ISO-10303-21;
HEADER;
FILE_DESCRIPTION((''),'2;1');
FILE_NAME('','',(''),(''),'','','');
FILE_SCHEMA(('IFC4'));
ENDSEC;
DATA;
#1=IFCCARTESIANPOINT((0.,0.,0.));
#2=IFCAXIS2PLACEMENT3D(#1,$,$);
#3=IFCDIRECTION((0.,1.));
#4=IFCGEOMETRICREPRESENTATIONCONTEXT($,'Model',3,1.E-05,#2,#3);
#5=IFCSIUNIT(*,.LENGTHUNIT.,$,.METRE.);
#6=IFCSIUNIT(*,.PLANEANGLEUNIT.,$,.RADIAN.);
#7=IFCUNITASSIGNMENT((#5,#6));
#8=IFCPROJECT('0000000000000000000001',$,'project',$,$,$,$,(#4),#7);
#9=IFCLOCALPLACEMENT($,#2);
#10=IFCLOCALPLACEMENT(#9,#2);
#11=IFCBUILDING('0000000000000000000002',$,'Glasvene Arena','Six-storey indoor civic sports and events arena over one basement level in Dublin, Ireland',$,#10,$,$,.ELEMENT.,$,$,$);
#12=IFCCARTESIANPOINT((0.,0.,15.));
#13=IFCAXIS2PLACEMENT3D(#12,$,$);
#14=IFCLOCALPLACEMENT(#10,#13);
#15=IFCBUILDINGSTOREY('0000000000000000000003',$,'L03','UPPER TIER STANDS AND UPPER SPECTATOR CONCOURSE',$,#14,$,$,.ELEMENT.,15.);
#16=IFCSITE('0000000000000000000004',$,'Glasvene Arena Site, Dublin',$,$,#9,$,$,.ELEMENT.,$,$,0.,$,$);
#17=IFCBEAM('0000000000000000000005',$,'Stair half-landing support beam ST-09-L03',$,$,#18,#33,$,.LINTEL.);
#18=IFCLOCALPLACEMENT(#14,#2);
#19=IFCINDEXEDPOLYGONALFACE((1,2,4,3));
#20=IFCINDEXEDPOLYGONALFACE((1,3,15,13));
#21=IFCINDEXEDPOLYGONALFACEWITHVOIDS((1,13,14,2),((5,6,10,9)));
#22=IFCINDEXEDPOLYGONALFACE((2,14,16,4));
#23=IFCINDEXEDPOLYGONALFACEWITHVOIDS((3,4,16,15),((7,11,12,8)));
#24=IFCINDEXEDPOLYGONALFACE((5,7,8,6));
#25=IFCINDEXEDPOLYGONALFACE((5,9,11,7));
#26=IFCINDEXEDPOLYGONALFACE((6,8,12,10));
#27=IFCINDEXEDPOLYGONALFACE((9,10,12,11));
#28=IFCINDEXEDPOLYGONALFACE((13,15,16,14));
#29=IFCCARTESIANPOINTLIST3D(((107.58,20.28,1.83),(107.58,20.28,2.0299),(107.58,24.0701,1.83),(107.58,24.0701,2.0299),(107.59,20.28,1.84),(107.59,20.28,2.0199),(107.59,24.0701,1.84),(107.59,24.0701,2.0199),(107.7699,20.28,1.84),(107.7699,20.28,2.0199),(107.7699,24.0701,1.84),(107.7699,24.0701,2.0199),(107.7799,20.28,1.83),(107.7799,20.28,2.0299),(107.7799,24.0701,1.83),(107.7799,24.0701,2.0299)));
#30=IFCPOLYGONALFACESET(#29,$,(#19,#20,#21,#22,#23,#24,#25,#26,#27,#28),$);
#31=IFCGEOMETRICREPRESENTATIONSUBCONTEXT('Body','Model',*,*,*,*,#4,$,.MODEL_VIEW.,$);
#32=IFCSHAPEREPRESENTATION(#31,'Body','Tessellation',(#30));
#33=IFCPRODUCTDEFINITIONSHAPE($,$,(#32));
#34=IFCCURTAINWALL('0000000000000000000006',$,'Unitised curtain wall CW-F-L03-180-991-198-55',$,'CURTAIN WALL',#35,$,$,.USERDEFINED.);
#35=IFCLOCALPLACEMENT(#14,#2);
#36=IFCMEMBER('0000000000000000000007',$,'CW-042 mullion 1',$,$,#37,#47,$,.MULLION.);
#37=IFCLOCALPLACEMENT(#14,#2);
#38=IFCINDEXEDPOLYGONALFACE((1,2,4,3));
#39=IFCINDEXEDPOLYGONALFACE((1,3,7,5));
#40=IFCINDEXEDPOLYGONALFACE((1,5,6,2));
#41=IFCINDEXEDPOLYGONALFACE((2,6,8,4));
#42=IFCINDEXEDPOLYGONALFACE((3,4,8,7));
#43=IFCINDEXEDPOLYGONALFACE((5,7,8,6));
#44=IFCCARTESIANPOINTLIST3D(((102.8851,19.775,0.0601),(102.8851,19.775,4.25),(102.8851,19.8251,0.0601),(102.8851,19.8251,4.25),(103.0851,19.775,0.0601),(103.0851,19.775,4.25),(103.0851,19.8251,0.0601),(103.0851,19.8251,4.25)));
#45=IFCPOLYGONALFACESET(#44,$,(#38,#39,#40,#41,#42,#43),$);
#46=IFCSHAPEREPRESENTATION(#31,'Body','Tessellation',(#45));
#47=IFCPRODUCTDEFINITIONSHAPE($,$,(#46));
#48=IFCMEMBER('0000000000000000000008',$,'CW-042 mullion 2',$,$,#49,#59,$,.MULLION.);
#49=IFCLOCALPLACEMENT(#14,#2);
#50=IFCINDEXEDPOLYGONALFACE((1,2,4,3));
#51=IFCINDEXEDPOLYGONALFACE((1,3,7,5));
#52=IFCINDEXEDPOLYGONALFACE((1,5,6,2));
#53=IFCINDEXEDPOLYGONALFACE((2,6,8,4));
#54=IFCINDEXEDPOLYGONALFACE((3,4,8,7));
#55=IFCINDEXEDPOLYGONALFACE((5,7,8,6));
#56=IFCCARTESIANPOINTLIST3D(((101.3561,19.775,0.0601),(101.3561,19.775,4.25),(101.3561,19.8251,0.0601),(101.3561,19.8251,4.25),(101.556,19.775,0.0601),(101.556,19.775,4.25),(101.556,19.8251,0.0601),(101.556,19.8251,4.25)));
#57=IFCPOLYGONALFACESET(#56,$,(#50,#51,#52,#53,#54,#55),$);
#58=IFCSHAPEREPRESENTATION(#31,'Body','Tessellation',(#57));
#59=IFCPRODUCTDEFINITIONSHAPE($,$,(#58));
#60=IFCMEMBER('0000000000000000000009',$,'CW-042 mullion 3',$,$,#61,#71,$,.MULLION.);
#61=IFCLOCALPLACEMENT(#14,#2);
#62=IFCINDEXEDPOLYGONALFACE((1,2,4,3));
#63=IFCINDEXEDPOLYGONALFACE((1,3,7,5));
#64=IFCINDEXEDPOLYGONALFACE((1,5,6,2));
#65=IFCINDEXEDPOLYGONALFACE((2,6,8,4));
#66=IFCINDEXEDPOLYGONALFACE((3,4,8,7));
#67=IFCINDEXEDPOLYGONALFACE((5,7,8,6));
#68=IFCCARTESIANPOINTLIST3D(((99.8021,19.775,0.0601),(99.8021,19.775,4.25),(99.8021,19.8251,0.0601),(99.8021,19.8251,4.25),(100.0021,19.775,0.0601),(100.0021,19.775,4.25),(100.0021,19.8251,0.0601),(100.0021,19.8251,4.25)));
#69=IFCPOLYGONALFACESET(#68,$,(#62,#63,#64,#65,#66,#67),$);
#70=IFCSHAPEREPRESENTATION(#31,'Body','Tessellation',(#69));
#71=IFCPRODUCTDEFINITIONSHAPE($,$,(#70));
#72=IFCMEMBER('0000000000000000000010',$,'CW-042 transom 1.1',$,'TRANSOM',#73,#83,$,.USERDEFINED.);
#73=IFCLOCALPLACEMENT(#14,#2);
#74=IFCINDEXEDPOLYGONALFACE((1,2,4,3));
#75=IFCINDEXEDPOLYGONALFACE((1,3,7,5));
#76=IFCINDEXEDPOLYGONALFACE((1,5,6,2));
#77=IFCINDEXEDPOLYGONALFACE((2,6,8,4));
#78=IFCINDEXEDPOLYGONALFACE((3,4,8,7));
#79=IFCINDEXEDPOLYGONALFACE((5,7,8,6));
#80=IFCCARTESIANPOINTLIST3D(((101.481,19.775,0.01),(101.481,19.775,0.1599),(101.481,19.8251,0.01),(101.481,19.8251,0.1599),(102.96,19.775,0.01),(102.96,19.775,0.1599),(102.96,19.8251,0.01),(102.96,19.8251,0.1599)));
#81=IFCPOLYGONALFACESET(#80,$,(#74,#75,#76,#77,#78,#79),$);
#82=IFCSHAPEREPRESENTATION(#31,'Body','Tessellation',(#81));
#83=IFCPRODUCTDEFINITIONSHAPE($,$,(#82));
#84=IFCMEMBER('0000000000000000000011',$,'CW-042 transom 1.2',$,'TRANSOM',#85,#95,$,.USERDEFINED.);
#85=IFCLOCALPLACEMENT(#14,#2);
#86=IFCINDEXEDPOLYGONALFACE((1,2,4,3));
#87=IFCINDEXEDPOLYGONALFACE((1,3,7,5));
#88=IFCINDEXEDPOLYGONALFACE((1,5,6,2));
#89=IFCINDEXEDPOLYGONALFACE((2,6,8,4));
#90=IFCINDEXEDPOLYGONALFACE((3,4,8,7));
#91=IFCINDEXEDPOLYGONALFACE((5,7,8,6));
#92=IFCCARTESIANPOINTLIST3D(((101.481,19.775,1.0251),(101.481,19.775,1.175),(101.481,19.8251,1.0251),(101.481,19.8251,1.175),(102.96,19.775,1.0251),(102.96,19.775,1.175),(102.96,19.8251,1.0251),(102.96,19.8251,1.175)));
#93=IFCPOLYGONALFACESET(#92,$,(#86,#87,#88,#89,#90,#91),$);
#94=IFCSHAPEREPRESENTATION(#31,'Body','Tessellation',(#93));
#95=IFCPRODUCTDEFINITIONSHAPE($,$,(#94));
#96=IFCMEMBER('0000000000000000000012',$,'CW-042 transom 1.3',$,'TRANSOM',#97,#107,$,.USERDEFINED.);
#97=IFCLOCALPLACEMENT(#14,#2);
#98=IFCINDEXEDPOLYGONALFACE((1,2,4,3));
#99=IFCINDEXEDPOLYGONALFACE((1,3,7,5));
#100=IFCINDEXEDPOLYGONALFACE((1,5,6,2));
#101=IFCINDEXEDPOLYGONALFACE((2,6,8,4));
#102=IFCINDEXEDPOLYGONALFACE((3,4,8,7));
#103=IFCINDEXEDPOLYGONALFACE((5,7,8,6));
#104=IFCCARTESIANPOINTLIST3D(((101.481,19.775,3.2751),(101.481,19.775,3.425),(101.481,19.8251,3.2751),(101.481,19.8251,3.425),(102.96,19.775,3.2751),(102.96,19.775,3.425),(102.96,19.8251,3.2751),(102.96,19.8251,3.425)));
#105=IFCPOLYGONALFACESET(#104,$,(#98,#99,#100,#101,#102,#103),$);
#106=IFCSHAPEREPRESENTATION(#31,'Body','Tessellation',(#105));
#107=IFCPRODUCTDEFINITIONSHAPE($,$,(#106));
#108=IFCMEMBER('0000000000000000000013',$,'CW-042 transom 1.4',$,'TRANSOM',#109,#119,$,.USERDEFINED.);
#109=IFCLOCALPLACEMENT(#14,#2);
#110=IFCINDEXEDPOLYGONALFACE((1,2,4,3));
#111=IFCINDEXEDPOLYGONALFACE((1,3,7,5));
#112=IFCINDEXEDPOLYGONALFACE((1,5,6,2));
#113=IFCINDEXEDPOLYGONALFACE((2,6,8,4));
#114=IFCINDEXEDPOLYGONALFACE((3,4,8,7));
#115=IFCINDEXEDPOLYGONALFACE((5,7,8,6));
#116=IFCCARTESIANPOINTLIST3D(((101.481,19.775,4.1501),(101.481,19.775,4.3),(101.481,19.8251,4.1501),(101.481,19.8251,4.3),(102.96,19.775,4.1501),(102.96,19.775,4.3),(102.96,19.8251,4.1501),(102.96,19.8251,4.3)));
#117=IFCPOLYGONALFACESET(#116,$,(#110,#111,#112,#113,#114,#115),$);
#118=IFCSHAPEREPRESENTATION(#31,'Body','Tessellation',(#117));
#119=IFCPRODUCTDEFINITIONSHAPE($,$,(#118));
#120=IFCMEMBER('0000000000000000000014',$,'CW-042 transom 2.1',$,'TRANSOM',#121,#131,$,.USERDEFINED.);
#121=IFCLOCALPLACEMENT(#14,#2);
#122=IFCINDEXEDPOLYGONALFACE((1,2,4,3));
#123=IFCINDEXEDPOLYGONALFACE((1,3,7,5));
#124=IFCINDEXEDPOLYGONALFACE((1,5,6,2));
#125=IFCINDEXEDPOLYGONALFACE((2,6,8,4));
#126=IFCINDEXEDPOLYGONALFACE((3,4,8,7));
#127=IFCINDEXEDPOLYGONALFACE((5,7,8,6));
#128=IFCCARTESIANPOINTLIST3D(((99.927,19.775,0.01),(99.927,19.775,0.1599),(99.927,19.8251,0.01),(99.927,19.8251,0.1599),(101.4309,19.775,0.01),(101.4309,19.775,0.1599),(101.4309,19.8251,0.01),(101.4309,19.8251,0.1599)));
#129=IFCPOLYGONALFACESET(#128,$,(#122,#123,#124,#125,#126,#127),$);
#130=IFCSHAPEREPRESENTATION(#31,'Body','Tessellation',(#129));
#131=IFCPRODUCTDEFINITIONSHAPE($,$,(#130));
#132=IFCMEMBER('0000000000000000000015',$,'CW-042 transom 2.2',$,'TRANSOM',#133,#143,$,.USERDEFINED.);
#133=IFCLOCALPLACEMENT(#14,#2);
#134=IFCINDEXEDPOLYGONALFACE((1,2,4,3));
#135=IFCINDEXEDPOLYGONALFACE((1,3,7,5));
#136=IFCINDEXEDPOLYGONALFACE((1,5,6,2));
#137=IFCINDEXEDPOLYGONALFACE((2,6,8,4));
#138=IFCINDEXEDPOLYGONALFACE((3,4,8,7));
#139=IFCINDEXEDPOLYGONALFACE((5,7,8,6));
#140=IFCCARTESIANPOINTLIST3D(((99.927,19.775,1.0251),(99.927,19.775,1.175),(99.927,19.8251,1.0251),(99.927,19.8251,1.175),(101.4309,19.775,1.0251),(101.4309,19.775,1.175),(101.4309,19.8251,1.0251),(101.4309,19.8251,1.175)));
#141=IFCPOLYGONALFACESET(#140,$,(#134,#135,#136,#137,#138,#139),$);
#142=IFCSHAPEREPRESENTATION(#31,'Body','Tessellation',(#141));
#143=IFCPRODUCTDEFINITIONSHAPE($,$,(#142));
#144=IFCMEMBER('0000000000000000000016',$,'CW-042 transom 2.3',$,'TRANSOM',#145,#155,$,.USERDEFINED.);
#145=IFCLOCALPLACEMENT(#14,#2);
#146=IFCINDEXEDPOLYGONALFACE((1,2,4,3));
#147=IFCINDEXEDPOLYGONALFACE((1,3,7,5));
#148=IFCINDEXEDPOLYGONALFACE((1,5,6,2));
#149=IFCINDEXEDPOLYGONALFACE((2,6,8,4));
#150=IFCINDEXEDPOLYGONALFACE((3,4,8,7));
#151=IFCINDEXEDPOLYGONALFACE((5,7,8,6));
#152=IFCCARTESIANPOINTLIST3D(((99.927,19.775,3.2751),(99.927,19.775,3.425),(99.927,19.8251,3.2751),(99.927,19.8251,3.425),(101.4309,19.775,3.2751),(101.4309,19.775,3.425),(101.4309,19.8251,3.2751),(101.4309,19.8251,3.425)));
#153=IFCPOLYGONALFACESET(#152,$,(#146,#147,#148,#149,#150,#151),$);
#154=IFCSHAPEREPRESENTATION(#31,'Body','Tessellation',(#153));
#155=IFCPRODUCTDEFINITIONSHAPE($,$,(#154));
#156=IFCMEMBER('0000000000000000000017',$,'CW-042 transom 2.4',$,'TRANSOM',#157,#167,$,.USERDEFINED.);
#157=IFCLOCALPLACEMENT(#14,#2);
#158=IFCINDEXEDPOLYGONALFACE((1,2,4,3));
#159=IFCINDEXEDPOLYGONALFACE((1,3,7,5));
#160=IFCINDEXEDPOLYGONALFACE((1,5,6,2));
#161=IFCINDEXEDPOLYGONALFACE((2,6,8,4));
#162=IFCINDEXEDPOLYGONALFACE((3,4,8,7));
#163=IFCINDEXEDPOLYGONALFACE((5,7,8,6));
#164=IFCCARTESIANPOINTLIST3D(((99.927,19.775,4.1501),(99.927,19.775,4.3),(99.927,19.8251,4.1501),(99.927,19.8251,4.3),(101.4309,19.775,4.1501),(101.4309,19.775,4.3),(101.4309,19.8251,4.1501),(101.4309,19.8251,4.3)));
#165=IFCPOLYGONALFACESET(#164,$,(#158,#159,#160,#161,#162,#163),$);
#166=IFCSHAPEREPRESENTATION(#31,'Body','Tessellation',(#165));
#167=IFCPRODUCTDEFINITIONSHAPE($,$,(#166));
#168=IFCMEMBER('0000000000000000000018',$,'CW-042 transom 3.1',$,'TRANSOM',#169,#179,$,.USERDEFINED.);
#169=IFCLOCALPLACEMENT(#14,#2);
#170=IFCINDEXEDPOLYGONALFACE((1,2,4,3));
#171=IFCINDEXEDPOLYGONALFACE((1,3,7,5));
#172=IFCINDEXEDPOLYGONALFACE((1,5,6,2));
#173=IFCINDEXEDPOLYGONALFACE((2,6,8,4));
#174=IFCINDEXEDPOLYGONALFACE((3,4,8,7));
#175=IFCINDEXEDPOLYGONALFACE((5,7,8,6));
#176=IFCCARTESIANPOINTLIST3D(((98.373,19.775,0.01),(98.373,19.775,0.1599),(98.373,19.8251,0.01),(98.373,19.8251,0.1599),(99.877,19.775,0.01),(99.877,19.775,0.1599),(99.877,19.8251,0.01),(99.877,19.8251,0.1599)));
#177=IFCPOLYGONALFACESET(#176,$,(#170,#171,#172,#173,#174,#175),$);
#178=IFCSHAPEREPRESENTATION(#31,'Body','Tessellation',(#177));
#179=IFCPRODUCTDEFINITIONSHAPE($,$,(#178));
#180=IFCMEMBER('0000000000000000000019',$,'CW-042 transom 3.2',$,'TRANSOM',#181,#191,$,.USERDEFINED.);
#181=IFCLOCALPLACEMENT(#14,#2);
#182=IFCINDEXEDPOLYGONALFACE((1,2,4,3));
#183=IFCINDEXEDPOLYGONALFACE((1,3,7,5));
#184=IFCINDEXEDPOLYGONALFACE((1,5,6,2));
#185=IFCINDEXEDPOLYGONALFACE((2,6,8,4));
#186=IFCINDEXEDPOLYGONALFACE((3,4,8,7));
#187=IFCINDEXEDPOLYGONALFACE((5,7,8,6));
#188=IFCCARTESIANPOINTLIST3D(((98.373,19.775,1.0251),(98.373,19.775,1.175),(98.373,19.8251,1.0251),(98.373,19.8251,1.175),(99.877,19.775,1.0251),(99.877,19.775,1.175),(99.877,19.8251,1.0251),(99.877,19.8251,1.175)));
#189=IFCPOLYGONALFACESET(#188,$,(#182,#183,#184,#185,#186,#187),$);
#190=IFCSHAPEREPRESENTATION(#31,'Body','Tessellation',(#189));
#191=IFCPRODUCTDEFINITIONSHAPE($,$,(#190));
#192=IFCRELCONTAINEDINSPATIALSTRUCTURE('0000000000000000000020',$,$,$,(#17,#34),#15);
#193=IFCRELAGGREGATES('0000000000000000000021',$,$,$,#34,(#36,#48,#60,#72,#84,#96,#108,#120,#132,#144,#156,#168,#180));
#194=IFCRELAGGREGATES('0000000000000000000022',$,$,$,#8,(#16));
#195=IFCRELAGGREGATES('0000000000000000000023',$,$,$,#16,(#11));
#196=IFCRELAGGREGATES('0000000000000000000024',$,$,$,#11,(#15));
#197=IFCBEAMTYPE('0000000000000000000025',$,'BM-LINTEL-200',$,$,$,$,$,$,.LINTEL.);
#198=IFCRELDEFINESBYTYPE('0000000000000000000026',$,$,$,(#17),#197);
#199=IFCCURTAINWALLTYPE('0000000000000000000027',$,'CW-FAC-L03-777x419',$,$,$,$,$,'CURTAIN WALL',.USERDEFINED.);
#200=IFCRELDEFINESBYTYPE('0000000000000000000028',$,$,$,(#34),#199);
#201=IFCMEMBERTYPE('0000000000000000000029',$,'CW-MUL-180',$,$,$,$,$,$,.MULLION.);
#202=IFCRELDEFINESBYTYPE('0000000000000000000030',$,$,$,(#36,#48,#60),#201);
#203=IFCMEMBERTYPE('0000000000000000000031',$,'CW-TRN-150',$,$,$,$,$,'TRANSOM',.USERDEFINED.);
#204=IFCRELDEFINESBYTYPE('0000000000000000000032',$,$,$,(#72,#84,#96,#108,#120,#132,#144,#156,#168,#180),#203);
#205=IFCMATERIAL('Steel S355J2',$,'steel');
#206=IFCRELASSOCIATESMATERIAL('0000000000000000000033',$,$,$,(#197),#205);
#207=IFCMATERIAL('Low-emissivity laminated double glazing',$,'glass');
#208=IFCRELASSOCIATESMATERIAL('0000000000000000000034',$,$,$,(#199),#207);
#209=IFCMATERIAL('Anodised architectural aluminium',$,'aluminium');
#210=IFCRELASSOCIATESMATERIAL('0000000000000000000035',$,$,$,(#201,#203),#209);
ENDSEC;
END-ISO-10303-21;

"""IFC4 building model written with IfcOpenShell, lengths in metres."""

from ifc_helpers import new_model, si_unit, direction, frame, origin, origin_2d, place, context, subcontext, project, spatial, rectangle, hollow_rectangle, extrude, material, material_profile, profile_set, type_object, element, aggregate, save


model = new_model("IFC4")

# Units and contexts
model_context = context("Model", 3, precision=1e-05, world=origin(), true_north=direction((0.0, 1.0)))
body_context = subcontext(model_context, "Body", "Model", "MODEL_VIEW")
ifc_project = project(units=[si_unit("LENGTHUNIT", "METRE"), si_unit("PLANEANGLEUNIT", "RADIAN")], contexts=[model_context])

# Site, building, storey
site_placement = place(None, origin())
site = spatial("IfcSite", under=ifc_project, at=site_placement, Name="Glasvene Arena Site, Dublin", CompositionType="ELEMENT", RefElevation=0.0)
building_placement = place(site_placement, origin())
building = spatial("IfcBuilding", under=site, at=building_placement, Name="Glasvene Arena", Description="Six-storey indoor civic sports and events arena over one basement level in Dublin, Ireland", CompositionType="ELEMENT")
storey_placement = place(building_placement, frame((0.0, 0.0, 15.0)))
storey = spatial("IfcBuildingStorey", under=building, at=storey_placement, Name="L03", Description="UPPER TIER STANDS AND UPPER SPECTATOR CONCOURSE", CompositionType="ELEMENT", Elevation=15.0)

# Shared definitions
ifc_material_1 = material(Name="Steel S355J2", Category="steel")

# Beam
ifc_material_profile_1 = material_profile(ifc_material_1, hollow_rectangle(XDim=0.2, YDim=0.2, WallThickness=0.01, at=origin_2d()), Name="SHS 200x200x10.0")
ifc_profile_set_1 = profile_set([ifc_material_profile_1], Name="Steel S355J2")
beam_type_1 = type_object("IfcBeamType", Name="BM-LINTEL-200", PredefinedType="LINTEL", material=ifc_profile_set_1)
beam_1_placement = place(storey_placement, frame((107.6799, 20.28, 1.9299), z_axis=(0.0, 1.0, 0.0), x_axis=(-1.0, 0.0, 0.0)))
element("IfcBeam", 1, at=beam_1_placement, inside=storey, type_object=beam_type_1, Name="Stair half-landing support beam ST-09-L03", PredefinedType="LINTEL", context=body_context, shape_type="SweptSolid", body=[
    extrude(hollow_rectangle(XDim=0.2, YDim=0.2, WallThickness=0.01, at=origin_2d()), origin(), (0.0, 0.0, 1.0), 3.79),
])

# Curtain wall, members
ifc_material_2 = material(Name="Low-emissivity laminated double glazing", Category="glass")
curtain_wall_type = type_object("IfcCurtainWallType", Name="CW-FAC-L03-777x419", ElementType="CURTAIN WALL", PredefinedType="USERDEFINED", material=ifc_material_2)
curtain_wall_placement = place(storey_placement, frame((103.01, 19.8, 0.0)))
curtain_wall = element("IfcCurtainWall", 2, at=curtain_wall_placement, inside=storey, type_object=curtain_wall_type, Name="Unitised curtain wall CW-F-L03-180-991-198-55", ObjectType="CURTAIN WALL", PredefinedType="USERDEFINED")
ifc_material_3 = material(Name="Anodised architectural aluminium", Category="aluminium")
ifc_material_profile_2 = material_profile(ifc_material_3, rectangle(XDim=0.05, YDim=0.2, at=origin_2d()), Name="ALU MULLION 50x200")
ifc_profile_set_2 = profile_set([ifc_material_profile_2], Name="Anodised architectural aluminium")
member_type_1 = type_object("IfcMemberType", Name="CW-MUL-180", PredefinedType="MULLION", material=ifc_profile_set_2)
member_1_placement = place(storey_placement, frame((102.9851, 19.8, 0.0601), z_axis=(0.0, 0.0, 1.0), x_axis=(0.0, -1.0, 0.0)))
member_1 = element("IfcMember", 3, at=member_1_placement, type_object=member_type_1, Name="CW-042 mullion 1", PredefinedType="MULLION", context=body_context, shape_type="SweptSolid", body=[
    extrude(rectangle(XDim=0.05, YDim=0.2, at=origin_2d()), origin(), (0.0, 0.0, 1.0), 4.1899),
])
member_2_placement = place(storey_placement, frame((101.4561, 19.8, 0.0601), z_axis=(0.0, 0.0, 1.0), x_axis=(0.0, -1.0, 0.0)))
member_2 = element("IfcMember", 4, at=member_2_placement, type_object=member_type_1, Name="CW-042 mullion 2", PredefinedType="MULLION", context=body_context, shape_type="SweptSolid", body=[
    extrude(rectangle(XDim=0.05, YDim=0.2, at=origin_2d()), origin(), (0.0, 0.0, 1.0), 4.1899),
])
member_3_placement = place(storey_placement, frame((99.9021, 19.8, 0.0601), z_axis=(0.0, 0.0, 1.0), x_axis=(0.0, -1.0, 0.0)))
member_3 = element("IfcMember", 5, at=member_3_placement, type_object=member_type_1, Name="CW-042 mullion 3", PredefinedType="MULLION", context=body_context, shape_type="SweptSolid", body=[
    extrude(rectangle(XDim=0.05, YDim=0.2, at=origin_2d()), origin(), (0.0, 0.0, 1.0), 4.1899),
])
ifc_material_profile_3 = material_profile(ifc_material_3, rectangle(XDim=0.05, YDim=0.1499, at=origin_2d()), Name="ALU TRANSOM 50x150")
ifc_profile_set_3 = profile_set([ifc_material_profile_3], Name="Anodised architectural aluminium")
member_type_2 = type_object("IfcMemberType", Name="CW-TRN-150", ElementType="TRANSOM", PredefinedType="USERDEFINED", material=ifc_profile_set_3)
member_4_placement = place(storey_placement, frame((102.96, 19.8, 0.085), z_axis=(-1.0, 0.0, 0.0), x_axis=(0.0, -1.0, 0.0)))
member_4 = element("IfcMember", 6, at=member_4_placement, type_object=member_type_2, Name="CW-042 transom 1.1", ObjectType="TRANSOM", PredefinedType="USERDEFINED", context=body_context, shape_type="SweptSolid", body=[
    extrude(rectangle(XDim=0.05, YDim=0.1499, at=origin_2d()), origin(), (0.0, 0.0, 1.0), 1.479),
])
member_5_placement = place(storey_placement, frame((102.96, 19.8, 1.1001), z_axis=(-1.0, 0.0, 0.0), x_axis=(0.0, -1.0, 0.0)))
member_5 = element("IfcMember", 7, at=member_5_placement, type_object=member_type_2, Name="CW-042 transom 1.2", ObjectType="TRANSOM", PredefinedType="USERDEFINED", context=body_context, shape_type="SweptSolid", body=[
    extrude(rectangle(XDim=0.05, YDim=0.1499, at=origin_2d()), origin(), (0.0, 0.0, 1.0), 1.479),
])
member_6_placement = place(storey_placement, frame((102.96, 19.8, 3.3501), z_axis=(-1.0, 0.0, 0.0), x_axis=(0.0, -1.0, 0.0)))
member_6 = element("IfcMember", 8, at=member_6_placement, type_object=member_type_2, Name="CW-042 transom 1.3", ObjectType="TRANSOM", PredefinedType="USERDEFINED", context=body_context, shape_type="SweptSolid", body=[
    extrude(rectangle(XDim=0.05, YDim=0.1499, at=origin_2d()), origin(), (0.0, 0.0, 1.0), 1.479),
])
member_7_placement = place(storey_placement, frame((102.96, 19.8, 4.2251), z_axis=(-1.0, 0.0, 0.0), x_axis=(0.0, -1.0, 0.0)))
member_7 = element("IfcMember", 9, at=member_7_placement, type_object=member_type_2, Name="CW-042 transom 1.4", ObjectType="TRANSOM", PredefinedType="USERDEFINED", context=body_context, shape_type="SweptSolid", body=[
    extrude(rectangle(XDim=0.05, YDim=0.1499, at=origin_2d()), origin(), (0.0, 0.0, 1.0), 1.479),
])
member_8_placement = place(storey_placement, frame((101.4309, 19.8, 0.085), z_axis=(-1.0, 0.0, 0.0), x_axis=(0.0, -1.0, 0.0)))
member_8 = element("IfcMember", 10, at=member_8_placement, type_object=member_type_2, Name="CW-042 transom 2.1", ObjectType="TRANSOM", PredefinedType="USERDEFINED", context=body_context, shape_type="SweptSolid", body=[
    extrude(rectangle(XDim=0.05, YDim=0.1499, at=origin_2d()), origin(), (0.0, 0.0, 1.0), 1.5039),
])
member_9_placement = place(storey_placement, frame((101.4309, 19.8, 1.1001), z_axis=(-1.0, 0.0, 0.0), x_axis=(0.0, -1.0, 0.0)))
member_9 = element("IfcMember", 11, at=member_9_placement, type_object=member_type_2, Name="CW-042 transom 2.2", ObjectType="TRANSOM", PredefinedType="USERDEFINED", context=body_context, shape_type="SweptSolid", body=[
    extrude(rectangle(XDim=0.05, YDim=0.1499, at=origin_2d()), origin(), (0.0, 0.0, 1.0), 1.5039),
])
member_10_placement = place(storey_placement, frame((101.4309, 19.8, 3.3501), z_axis=(-1.0, 0.0, 0.0), x_axis=(0.0, -1.0, 0.0)))
member_10 = element("IfcMember", 12, at=member_10_placement, type_object=member_type_2, Name="CW-042 transom 2.3", ObjectType="TRANSOM", PredefinedType="USERDEFINED", context=body_context, shape_type="SweptSolid", body=[
    extrude(rectangle(XDim=0.05, YDim=0.1499, at=origin_2d()), origin(), (0.0, 0.0, 1.0), 1.5039),
])
member_11_placement = place(storey_placement, frame((101.4309, 19.8, 4.2251), z_axis=(-1.0, 0.0, 0.0), x_axis=(0.0, -1.0, 0.0)))
member_11 = element("IfcMember", 13, at=member_11_placement, type_object=member_type_2, Name="CW-042 transom 2.4", ObjectType="TRANSOM", PredefinedType="USERDEFINED", context=body_context, shape_type="SweptSolid", body=[
    extrude(rectangle(XDim=0.05, YDim=0.1499, at=origin_2d()), origin(), (0.0, 0.0, 1.0), 1.5039),
])
member_12_placement = place(storey_placement, frame((99.877, 19.8, 0.085), z_axis=(-1.0, 0.0, 0.0), x_axis=(0.0, -1.0, 0.0)))
member_12 = element("IfcMember", 14, at=member_12_placement, type_object=member_type_2, Name="CW-042 transom 3.1", ObjectType="TRANSOM", PredefinedType="USERDEFINED", context=body_context, shape_type="SweptSolid", body=[
    extrude(rectangle(XDim=0.05, YDim=0.1499, at=origin_2d()), origin(), (0.0, 0.0, 1.0), 1.5039),
])
member_13_placement = place(storey_placement, frame((99.877, 19.8, 1.1001), z_axis=(-1.0, 0.0, 0.0), x_axis=(0.0, -1.0, 0.0)))
member_13 = element("IfcMember", 15, at=member_13_placement, type_object=member_type_2, Name="CW-042 transom 3.2", ObjectType="TRANSOM", PredefinedType="USERDEFINED", context=body_context, shape_type="SweptSolid", body=[
    extrude(rectangle(XDim=0.05, YDim=0.1499, at=origin_2d()), origin(), (0.0, 0.0, 1.0), 1.5039),
])
aggregate(curtain_wall, [member_1, member_2, member_3, member_4, member_5, member_6, member_7, member_8, member_9, member_10, member_11, member_12, member_13])

save(model, "model.ifc")
